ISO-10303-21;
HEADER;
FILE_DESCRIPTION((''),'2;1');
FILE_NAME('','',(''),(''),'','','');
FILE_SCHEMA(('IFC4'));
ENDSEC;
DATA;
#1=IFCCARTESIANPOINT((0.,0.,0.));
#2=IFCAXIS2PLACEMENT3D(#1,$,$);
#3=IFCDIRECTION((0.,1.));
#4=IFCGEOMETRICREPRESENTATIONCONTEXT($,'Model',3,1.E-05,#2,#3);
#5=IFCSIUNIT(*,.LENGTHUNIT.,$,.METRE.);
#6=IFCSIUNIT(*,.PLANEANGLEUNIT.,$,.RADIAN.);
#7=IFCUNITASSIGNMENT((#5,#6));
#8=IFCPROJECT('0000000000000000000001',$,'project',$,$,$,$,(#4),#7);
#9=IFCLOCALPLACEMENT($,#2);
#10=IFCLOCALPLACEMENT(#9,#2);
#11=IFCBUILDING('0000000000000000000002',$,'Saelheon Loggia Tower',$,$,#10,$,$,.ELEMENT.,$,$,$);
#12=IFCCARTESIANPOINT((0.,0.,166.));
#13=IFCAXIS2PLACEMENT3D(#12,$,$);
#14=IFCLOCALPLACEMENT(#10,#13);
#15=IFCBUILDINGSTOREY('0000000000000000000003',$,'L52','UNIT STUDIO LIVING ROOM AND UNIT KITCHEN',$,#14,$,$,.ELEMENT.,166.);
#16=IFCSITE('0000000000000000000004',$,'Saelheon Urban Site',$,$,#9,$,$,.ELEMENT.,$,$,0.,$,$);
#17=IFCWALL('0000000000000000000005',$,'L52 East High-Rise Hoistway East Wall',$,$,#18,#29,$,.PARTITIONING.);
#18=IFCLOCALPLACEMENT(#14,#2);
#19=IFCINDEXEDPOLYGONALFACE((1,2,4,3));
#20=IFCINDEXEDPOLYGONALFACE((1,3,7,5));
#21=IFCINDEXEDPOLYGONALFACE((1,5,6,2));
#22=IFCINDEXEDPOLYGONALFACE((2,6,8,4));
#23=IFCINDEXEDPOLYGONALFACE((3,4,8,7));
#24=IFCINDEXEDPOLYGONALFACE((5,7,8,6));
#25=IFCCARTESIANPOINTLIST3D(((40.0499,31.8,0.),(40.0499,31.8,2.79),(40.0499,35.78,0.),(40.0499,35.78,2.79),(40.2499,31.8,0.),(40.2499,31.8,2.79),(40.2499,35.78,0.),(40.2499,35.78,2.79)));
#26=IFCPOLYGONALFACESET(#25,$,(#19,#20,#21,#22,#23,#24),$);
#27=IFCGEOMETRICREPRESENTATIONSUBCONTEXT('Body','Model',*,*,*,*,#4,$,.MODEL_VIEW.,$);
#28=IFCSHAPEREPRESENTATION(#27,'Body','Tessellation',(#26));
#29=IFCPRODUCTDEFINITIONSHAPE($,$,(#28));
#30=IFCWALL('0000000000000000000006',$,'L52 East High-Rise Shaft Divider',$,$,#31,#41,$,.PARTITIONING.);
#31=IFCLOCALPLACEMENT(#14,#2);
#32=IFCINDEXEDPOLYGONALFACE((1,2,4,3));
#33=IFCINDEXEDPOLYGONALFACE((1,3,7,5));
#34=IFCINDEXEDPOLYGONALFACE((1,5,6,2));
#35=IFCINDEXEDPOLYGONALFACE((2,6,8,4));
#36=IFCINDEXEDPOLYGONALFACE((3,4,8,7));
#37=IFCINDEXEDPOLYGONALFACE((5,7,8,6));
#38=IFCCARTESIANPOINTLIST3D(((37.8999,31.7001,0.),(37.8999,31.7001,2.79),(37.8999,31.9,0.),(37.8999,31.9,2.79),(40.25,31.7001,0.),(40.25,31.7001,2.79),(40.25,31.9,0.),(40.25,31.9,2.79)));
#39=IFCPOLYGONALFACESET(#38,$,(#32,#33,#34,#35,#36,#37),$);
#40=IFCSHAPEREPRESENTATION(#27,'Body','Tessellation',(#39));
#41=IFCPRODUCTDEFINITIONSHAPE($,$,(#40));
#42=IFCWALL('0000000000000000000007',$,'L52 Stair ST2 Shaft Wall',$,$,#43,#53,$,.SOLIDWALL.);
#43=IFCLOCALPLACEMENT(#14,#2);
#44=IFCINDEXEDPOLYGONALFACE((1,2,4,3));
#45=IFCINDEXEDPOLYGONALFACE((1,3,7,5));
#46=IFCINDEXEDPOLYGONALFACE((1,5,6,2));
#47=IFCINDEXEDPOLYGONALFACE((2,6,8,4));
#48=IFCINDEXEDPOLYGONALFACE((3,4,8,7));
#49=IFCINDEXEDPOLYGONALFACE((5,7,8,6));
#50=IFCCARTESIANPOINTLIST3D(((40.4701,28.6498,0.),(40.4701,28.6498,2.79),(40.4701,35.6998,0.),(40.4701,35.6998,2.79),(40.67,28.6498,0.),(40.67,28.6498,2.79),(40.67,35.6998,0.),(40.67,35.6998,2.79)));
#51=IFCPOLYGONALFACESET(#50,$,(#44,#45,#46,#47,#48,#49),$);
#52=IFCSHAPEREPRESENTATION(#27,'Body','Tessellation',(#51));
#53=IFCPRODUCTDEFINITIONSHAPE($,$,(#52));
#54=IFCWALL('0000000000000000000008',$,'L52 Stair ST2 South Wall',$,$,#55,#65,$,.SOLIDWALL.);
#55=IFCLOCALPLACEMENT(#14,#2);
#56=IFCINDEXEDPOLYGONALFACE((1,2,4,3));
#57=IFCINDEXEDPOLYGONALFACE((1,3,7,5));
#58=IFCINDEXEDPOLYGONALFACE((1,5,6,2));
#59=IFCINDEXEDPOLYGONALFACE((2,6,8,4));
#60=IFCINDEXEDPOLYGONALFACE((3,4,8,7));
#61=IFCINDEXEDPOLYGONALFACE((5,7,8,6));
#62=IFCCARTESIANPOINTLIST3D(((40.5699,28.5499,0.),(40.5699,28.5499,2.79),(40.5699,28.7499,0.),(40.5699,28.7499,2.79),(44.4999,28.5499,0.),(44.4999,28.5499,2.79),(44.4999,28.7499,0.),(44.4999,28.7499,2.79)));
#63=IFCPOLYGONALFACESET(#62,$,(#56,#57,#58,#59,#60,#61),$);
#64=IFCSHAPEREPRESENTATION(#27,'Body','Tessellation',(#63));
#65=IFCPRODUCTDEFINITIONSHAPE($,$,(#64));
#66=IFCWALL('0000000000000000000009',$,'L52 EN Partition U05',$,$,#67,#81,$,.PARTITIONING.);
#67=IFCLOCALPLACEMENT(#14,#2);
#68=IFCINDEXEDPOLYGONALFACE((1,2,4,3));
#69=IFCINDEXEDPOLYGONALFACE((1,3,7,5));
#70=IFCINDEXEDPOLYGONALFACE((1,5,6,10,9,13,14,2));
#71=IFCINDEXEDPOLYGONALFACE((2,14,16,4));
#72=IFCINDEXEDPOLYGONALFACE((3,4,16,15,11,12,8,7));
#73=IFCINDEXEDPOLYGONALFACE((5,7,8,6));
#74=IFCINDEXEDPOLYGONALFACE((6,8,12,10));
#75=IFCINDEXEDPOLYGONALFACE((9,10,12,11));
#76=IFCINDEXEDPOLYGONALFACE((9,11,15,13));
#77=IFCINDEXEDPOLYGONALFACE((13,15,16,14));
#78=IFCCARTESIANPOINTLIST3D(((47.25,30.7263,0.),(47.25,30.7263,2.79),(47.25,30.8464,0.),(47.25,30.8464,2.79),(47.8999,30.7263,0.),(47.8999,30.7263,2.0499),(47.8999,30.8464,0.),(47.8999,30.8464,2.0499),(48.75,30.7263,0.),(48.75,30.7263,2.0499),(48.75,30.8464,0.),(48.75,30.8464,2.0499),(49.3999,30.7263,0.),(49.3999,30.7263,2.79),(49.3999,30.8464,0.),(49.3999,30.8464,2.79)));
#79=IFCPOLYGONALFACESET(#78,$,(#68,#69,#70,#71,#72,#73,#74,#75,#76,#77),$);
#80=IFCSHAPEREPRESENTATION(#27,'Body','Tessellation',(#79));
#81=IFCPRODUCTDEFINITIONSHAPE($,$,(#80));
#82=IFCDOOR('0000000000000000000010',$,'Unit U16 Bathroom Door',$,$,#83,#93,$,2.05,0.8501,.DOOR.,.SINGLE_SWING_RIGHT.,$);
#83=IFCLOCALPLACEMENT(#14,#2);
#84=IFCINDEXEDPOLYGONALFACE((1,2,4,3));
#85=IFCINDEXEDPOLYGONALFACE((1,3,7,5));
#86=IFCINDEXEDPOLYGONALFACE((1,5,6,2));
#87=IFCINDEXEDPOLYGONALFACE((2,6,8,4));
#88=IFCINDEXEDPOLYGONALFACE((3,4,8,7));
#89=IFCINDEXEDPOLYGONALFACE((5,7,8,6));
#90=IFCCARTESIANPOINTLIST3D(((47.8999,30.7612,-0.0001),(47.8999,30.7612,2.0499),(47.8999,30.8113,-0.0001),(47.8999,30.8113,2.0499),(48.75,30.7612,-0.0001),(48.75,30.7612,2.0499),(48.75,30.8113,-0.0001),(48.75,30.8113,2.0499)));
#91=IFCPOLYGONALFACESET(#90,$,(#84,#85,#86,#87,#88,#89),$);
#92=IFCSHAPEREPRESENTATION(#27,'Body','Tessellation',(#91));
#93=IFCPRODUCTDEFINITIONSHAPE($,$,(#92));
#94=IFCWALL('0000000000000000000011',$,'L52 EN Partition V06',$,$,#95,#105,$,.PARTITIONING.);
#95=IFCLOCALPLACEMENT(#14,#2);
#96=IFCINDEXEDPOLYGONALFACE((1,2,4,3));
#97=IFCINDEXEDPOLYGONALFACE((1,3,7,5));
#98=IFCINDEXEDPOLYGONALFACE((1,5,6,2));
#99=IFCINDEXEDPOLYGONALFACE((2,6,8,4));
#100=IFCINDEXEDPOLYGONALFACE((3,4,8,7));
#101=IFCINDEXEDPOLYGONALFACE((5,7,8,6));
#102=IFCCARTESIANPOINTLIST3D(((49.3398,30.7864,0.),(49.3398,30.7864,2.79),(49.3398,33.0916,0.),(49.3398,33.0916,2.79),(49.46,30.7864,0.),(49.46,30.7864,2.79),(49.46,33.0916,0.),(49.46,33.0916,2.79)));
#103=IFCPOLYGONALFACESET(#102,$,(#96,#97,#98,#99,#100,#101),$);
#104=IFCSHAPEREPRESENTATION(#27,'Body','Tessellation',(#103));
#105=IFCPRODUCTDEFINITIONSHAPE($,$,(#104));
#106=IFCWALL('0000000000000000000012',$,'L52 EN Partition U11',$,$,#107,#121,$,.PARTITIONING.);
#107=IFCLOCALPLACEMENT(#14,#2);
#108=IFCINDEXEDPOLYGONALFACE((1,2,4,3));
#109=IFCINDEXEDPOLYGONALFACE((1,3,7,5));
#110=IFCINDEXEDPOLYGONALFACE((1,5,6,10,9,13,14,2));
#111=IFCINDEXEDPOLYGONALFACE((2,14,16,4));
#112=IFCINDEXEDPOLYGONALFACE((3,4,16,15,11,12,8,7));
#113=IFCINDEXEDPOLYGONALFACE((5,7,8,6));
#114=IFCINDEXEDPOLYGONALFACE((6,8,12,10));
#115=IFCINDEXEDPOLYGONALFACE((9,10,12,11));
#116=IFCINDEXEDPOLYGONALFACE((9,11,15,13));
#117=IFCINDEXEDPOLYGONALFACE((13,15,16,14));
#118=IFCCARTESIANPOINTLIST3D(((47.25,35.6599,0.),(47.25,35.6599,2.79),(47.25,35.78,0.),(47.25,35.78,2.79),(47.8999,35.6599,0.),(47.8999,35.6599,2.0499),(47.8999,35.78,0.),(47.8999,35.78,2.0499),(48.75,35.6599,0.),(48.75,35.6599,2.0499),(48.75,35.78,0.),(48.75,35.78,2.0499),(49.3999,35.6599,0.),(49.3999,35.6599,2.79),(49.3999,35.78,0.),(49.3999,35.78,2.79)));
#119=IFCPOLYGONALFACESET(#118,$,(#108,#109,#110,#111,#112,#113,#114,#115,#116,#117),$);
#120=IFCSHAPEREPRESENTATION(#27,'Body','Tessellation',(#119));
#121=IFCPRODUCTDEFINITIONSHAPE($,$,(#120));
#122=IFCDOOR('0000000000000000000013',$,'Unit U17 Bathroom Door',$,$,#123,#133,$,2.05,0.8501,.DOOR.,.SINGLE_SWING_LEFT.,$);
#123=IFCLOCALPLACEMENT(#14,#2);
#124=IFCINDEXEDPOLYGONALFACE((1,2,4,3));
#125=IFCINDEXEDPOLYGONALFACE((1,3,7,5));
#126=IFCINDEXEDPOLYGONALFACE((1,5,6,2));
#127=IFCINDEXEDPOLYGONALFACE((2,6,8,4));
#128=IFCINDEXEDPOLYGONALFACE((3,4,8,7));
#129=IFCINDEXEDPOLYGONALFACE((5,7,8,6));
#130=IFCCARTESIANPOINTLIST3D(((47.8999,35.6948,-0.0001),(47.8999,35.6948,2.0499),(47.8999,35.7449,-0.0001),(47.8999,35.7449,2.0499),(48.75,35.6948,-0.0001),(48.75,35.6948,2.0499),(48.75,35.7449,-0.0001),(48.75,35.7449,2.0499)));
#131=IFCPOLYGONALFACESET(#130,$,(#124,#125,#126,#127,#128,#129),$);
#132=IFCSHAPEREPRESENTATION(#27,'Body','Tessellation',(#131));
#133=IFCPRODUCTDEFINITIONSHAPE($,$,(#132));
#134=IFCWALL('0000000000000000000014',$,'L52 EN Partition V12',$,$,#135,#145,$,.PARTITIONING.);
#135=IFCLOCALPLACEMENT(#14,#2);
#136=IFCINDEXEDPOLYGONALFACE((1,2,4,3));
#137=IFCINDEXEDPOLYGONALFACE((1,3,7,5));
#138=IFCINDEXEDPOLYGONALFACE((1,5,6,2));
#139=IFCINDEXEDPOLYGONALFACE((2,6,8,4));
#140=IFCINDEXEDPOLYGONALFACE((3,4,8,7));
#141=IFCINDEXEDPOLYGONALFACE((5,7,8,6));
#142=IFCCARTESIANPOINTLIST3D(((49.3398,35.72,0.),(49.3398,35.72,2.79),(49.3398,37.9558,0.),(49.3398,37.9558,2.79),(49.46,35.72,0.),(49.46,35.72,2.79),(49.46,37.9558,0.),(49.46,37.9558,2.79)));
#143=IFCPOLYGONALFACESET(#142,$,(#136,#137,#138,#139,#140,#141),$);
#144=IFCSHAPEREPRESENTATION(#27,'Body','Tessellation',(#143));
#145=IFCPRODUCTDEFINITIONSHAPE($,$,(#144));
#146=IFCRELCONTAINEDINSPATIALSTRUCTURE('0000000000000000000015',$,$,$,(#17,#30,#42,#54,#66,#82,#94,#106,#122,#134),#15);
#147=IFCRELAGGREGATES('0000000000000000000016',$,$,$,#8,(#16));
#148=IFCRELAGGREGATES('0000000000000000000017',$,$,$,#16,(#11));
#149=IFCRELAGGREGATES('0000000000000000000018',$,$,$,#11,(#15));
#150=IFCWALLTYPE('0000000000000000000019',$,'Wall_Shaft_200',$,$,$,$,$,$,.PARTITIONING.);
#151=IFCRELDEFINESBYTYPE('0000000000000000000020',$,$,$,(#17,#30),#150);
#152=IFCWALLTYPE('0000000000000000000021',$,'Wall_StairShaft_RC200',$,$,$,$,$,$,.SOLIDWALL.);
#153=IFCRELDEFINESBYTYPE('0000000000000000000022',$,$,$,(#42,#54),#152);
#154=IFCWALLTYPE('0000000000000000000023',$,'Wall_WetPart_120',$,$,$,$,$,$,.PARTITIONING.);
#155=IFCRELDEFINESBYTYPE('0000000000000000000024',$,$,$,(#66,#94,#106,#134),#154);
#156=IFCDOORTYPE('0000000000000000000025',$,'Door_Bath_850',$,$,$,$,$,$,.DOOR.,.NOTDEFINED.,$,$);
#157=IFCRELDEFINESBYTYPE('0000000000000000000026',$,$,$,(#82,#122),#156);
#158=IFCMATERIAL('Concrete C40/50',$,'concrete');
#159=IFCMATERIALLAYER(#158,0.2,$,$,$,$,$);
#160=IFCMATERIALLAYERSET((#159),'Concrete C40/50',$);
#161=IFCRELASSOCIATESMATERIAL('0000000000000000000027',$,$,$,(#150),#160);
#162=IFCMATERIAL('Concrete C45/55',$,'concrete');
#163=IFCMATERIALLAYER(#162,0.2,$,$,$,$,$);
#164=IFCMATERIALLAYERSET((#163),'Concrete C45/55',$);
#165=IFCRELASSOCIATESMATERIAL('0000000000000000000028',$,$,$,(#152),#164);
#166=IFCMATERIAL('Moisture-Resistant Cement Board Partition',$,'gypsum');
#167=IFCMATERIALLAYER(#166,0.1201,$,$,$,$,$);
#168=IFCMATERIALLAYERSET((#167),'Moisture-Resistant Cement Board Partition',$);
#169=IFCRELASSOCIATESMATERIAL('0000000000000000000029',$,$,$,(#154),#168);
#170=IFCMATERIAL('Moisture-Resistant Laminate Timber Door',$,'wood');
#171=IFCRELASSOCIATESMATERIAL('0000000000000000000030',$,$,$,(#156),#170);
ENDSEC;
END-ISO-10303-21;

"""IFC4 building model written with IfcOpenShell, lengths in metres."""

from ifc_helpers import new_model, si_unit, direction, frame, frame_2d, origin, place, context, subcontext, project, spatial, rectangle, extrude, source, transform, mapped, material, layer, layer_set, type_object, element, fill, save


model = new_model("IFC4")

# Units and contexts
model_context = context("Model", 3, precision=1e-05, world=origin(), true_north=direction((0.0, 1.0)))
body_context = subcontext(model_context, "Body", "Model", "MODEL_VIEW")
ifc_project = project(units=[si_unit("LENGTHUNIT", "METRE"), si_unit("PLANEANGLEUNIT", "RADIAN")], contexts=[model_context])

# Site, building, storey
site_placement = place(None, origin())
site = spatial("IfcSite", under=ifc_project, at=site_placement, Name="Saelheon Urban Site", CompositionType="ELEMENT", RefElevation=0.0)
building_placement = place(site_placement, origin())
building = spatial("IfcBuilding", under=site, at=building_placement, Name="Saelheon Loggia Tower", CompositionType="ELEMENT")
storey_placement = place(building_placement, frame((0.0, 0.0, 166.0)))
storey = spatial("IfcBuildingStorey", under=building, at=storey_placement, Name="L52", Description="UNIT STUDIO LIVING ROOM AND UNIT KITCHEN", CompositionType="ELEMENT", Elevation=166.0)

# Shared definitions
ifc_material_1 = material(Name="Concrete C40/50", Category="concrete")

# Walls
ifc_layer_1 = layer(ifc_material_1, 0.2)
ifc_layer_set_1 = layer_set([ifc_layer_1], Name="Concrete C40/50")
wall_type_1 = type_object("IfcWallType", Name="Wall_Shaft_200", PredefinedType="PARTITIONING", material=ifc_layer_set_1)
wall_1_placement = place(storey_placement, frame((40.1499, 31.8, 0.0), z_axis=(0.0, 0.0, 1.0), x_axis=(0.0, 1.0, 0.0)))
element("IfcWall", 1, at=wall_1_placement, inside=storey, type_object=wall_type_1, Name="L52 East High-Rise Hoistway East Wall", PredefinedType="PARTITIONING", context=body_context, shape_type="SweptSolid", body=[
    extrude(rectangle(XDim=3.98, YDim=0.2, at=frame_2d((1.99, 0.0))), origin(), (0.0, 0.0, 1.0), 2.79),
])
wall_2_placement = place(storey_placement, frame((37.8999, 31.8, 0.0), z_axis=(0.0, 0.0, 1.0), x_axis=(1.0, 0.0, 0.0)))
element("IfcWall", 2, at=wall_2_placement, inside=storey, type_object=wall_type_1, Name="L52 East High-Rise Shaft Divider", PredefinedType="PARTITIONING", context=body_context, shape_type="SweptSolid", body=[
    extrude(rectangle(XDim=2.3501, YDim=0.2, at=frame_2d((1.175, 0.0))), origin(), (0.0, 0.0, 1.0), 2.79),
])
ifc_material_2 = material(Name="Concrete C45/55", Category="concrete")
ifc_layer_2 = layer(ifc_material_2, 0.2)
ifc_layer_set_2 = layer_set([ifc_layer_2], Name="Concrete C45/55")
wall_type_2 = type_object("IfcWallType", Name="Wall_StairShaft_RC200", PredefinedType="SOLIDWALL", material=ifc_layer_set_2)
wall_3_placement = place(storey_placement, frame((40.5701, 28.6499, 0.0), z_axis=(0.0, 0.0, 1.0), x_axis=(0.0, 1.0, 0.0)))
element("IfcWall", 3, at=wall_3_placement, inside=storey, type_object=wall_type_2, Name="L52 Stair ST2 Shaft Wall", PredefinedType="SOLIDWALL", context=body_context, shape_type="SweptSolid", body=[
    extrude(rectangle(XDim=7.05, YDim=0.2, at=frame_2d((3.5249, 0.0))), origin(), (0.0, 0.0, 1.0), 2.79),
])
wall_4_placement = place(storey_placement, frame((40.5701, 28.6499, 0.0), z_axis=(0.0, 0.0, 1.0), x_axis=(1.0, 0.0, 0.0)))
element("IfcWall", 4, at=wall_4_placement, inside=storey, type_object=wall_type_2, Name="L52 Stair ST2 South Wall", PredefinedType="SOLIDWALL", context=body_context, shape_type="SweptSolid", body=[
    extrude(rectangle(XDim=3.9299, YDim=0.2, at=frame_2d((1.9648, 0.0))), origin(), (0.0, 0.0, 1.0), 2.79),
])

# Wall, opening, door
ifc_material_3 = material(Name="Moisture-Resistant Cement Board Partition", Category="gypsum")
ifc_layer_3 = layer(ifc_material_3, 0.1201)
ifc_layer_set_3 = layer_set([ifc_layer_3], Name="Moisture-Resistant Cement Board Partition")
wall_type_3 = type_object("IfcWallType", Name="Wall_WetPart_120", PredefinedType="PARTITIONING", material=ifc_layer_set_3)
wall_5_placement = place(storey_placement, frame((47.25, 30.7864, 0.0), z_axis=(0.0, 0.0, 1.0), x_axis=(1.0, 0.0, 0.0)))
wall_5 = element("IfcWall", 5, at=wall_5_placement, inside=storey, type_object=wall_type_3, Name="L52 EN Partition U05", PredefinedType="PARTITIONING", context=body_context, shape_type="SweptSolid", body=[
    extrude(rectangle(XDim=2.1499, YDim=0.1201, at=frame_2d((1.075, 0.0))), origin(), (0.0, 0.0, 1.0), 2.79),
])
opening_1_placement = place(wall_5_placement, frame((0.6499, 0.0, 0.0)))
opening_1 = element("IfcOpeningElement", 6, at=opening_1_placement, cuts=wall_5, PredefinedType="OPENING", context=body_context, shape_type="SweptSolid", body=[
    extrude(rectangle(XDim=0.8501, YDim=2.05, at=frame_2d((0.425, 1.0249))), frame((0.0, 0.072, 0.0), z_axis=(0.0, -1.0, 0.0), x_axis=(1.0, 0.0, 0.0)), (0.0, 0.0, 1.0), 0.144),
])
ifc_material_4 = material(Name="Moisture-Resistant Laminate Timber Door", Category="wood")
door_type_1 = type_object("IfcDoorType", Name="Door_Bath_850", OperationType="NOTDEFINED", PredefinedType="DOOR", material=ifc_material_4)
shared_shape_1 = source(origin(), body_context, "Body", "SweptSolid", [
    extrude(rectangle(XDim=0.8501, YDim=2.05, at=frame_2d((0.425, 1.0249))), frame((0.0, 0.0249, 0.0), z_axis=(0.0, -1.0, 0.0), x_axis=(1.0, 0.0, 0.0)), (0.0, 0.0, 1.0), 0.05),
])
door_1_placement = place(opening_1_placement, origin())
door_1 = element("IfcDoor", 7, at=door_1_placement, inside=storey, type_object=door_type_1, Name="Unit U16 Bathroom Door", OperationType="SINGLE_SWING_RIGHT", OverallHeight=2.05, OverallWidth=0.8501, PredefinedType="DOOR", context=body_context, shape_type="MappedRepresentation", body=[
    mapped(shared_shape_1, transform((0.0, 0.0, 0.0), scale=1.0)),
])
fill(opening_1, door_1)

# Wall
wall_6_placement = place(storey_placement, frame((49.3999, 30.7864, 0.0), z_axis=(0.0, 0.0, 1.0), x_axis=(0.0, 1.0, 0.0)))
element("IfcWall", 8, at=wall_6_placement, inside=storey, type_object=wall_type_3, Name="L52 EN Partition V06", PredefinedType="PARTITIONING", context=body_context, shape_type="SweptSolid", body=[
    extrude(rectangle(XDim=2.3052, YDim=0.1201, at=frame_2d((1.1526, 0.0))), origin(), (0.0, 0.0, 1.0), 2.79),
])

# Wall, opening, door
wall_7_placement = place(storey_placement, frame((47.25, 35.72, 0.0), z_axis=(0.0, 0.0, 1.0), x_axis=(1.0, 0.0, 0.0)))
wall_7 = element("IfcWall", 9, at=wall_7_placement, inside=storey, type_object=wall_type_3, Name="L52 EN Partition U11", PredefinedType="PARTITIONING", context=body_context, shape_type="SweptSolid", body=[
    extrude(rectangle(XDim=2.1499, YDim=0.1201, at=frame_2d((1.075, 0.0))), origin(), (0.0, 0.0, 1.0), 2.79),
])
opening_2_placement = place(wall_7_placement, frame((0.6499, 0.0, 0.0)))
opening_2 = element("IfcOpeningElement", 10, at=opening_2_placement, cuts=wall_7, PredefinedType="OPENING", context=body_context, shape_type="SweptSolid", body=[
    extrude(rectangle(XDim=0.8501, YDim=2.05, at=frame_2d((0.425, 1.0249))), frame((0.0, 0.072, 0.0), z_axis=(0.0, -1.0, 0.0), x_axis=(1.0, 0.0, 0.0)), (0.0, 0.0, 1.0), 0.144),
])
door_2_placement = place(opening_2_placement, origin())
door_2 = element("IfcDoor", 11, at=door_2_placement, inside=storey, type_object=door_type_1, Name="Unit U17 Bathroom Door", OperationType="SINGLE_SWING_LEFT", OverallHeight=2.05, OverallWidth=0.8501, PredefinedType="DOOR", context=body_context, shape_type="MappedRepresentation", body=[
    mapped(shared_shape_1, transform((0.0, 0.0, 0.0), scale=1.0)),
])
fill(opening_2, door_2)

# Wall
wall_8_placement = place(storey_placement, frame((49.3999, 35.72, 0.0), z_axis=(0.0, 0.0, 1.0), x_axis=(0.0, 1.0, 0.0)))
element("IfcWall", 12, at=wall_8_placement, inside=storey, type_object=wall_type_3, Name="L52 EN Partition V12", PredefinedType="PARTITIONING", context=body_context, shape_type="SweptSolid", body=[
    extrude(rectangle(XDim=2.2358, YDim=0.1201, at=frame_2d((1.1179, 0.0))), origin(), (0.0, 0.0, 1.0), 2.79),
])

save(model, "model.ifc")
